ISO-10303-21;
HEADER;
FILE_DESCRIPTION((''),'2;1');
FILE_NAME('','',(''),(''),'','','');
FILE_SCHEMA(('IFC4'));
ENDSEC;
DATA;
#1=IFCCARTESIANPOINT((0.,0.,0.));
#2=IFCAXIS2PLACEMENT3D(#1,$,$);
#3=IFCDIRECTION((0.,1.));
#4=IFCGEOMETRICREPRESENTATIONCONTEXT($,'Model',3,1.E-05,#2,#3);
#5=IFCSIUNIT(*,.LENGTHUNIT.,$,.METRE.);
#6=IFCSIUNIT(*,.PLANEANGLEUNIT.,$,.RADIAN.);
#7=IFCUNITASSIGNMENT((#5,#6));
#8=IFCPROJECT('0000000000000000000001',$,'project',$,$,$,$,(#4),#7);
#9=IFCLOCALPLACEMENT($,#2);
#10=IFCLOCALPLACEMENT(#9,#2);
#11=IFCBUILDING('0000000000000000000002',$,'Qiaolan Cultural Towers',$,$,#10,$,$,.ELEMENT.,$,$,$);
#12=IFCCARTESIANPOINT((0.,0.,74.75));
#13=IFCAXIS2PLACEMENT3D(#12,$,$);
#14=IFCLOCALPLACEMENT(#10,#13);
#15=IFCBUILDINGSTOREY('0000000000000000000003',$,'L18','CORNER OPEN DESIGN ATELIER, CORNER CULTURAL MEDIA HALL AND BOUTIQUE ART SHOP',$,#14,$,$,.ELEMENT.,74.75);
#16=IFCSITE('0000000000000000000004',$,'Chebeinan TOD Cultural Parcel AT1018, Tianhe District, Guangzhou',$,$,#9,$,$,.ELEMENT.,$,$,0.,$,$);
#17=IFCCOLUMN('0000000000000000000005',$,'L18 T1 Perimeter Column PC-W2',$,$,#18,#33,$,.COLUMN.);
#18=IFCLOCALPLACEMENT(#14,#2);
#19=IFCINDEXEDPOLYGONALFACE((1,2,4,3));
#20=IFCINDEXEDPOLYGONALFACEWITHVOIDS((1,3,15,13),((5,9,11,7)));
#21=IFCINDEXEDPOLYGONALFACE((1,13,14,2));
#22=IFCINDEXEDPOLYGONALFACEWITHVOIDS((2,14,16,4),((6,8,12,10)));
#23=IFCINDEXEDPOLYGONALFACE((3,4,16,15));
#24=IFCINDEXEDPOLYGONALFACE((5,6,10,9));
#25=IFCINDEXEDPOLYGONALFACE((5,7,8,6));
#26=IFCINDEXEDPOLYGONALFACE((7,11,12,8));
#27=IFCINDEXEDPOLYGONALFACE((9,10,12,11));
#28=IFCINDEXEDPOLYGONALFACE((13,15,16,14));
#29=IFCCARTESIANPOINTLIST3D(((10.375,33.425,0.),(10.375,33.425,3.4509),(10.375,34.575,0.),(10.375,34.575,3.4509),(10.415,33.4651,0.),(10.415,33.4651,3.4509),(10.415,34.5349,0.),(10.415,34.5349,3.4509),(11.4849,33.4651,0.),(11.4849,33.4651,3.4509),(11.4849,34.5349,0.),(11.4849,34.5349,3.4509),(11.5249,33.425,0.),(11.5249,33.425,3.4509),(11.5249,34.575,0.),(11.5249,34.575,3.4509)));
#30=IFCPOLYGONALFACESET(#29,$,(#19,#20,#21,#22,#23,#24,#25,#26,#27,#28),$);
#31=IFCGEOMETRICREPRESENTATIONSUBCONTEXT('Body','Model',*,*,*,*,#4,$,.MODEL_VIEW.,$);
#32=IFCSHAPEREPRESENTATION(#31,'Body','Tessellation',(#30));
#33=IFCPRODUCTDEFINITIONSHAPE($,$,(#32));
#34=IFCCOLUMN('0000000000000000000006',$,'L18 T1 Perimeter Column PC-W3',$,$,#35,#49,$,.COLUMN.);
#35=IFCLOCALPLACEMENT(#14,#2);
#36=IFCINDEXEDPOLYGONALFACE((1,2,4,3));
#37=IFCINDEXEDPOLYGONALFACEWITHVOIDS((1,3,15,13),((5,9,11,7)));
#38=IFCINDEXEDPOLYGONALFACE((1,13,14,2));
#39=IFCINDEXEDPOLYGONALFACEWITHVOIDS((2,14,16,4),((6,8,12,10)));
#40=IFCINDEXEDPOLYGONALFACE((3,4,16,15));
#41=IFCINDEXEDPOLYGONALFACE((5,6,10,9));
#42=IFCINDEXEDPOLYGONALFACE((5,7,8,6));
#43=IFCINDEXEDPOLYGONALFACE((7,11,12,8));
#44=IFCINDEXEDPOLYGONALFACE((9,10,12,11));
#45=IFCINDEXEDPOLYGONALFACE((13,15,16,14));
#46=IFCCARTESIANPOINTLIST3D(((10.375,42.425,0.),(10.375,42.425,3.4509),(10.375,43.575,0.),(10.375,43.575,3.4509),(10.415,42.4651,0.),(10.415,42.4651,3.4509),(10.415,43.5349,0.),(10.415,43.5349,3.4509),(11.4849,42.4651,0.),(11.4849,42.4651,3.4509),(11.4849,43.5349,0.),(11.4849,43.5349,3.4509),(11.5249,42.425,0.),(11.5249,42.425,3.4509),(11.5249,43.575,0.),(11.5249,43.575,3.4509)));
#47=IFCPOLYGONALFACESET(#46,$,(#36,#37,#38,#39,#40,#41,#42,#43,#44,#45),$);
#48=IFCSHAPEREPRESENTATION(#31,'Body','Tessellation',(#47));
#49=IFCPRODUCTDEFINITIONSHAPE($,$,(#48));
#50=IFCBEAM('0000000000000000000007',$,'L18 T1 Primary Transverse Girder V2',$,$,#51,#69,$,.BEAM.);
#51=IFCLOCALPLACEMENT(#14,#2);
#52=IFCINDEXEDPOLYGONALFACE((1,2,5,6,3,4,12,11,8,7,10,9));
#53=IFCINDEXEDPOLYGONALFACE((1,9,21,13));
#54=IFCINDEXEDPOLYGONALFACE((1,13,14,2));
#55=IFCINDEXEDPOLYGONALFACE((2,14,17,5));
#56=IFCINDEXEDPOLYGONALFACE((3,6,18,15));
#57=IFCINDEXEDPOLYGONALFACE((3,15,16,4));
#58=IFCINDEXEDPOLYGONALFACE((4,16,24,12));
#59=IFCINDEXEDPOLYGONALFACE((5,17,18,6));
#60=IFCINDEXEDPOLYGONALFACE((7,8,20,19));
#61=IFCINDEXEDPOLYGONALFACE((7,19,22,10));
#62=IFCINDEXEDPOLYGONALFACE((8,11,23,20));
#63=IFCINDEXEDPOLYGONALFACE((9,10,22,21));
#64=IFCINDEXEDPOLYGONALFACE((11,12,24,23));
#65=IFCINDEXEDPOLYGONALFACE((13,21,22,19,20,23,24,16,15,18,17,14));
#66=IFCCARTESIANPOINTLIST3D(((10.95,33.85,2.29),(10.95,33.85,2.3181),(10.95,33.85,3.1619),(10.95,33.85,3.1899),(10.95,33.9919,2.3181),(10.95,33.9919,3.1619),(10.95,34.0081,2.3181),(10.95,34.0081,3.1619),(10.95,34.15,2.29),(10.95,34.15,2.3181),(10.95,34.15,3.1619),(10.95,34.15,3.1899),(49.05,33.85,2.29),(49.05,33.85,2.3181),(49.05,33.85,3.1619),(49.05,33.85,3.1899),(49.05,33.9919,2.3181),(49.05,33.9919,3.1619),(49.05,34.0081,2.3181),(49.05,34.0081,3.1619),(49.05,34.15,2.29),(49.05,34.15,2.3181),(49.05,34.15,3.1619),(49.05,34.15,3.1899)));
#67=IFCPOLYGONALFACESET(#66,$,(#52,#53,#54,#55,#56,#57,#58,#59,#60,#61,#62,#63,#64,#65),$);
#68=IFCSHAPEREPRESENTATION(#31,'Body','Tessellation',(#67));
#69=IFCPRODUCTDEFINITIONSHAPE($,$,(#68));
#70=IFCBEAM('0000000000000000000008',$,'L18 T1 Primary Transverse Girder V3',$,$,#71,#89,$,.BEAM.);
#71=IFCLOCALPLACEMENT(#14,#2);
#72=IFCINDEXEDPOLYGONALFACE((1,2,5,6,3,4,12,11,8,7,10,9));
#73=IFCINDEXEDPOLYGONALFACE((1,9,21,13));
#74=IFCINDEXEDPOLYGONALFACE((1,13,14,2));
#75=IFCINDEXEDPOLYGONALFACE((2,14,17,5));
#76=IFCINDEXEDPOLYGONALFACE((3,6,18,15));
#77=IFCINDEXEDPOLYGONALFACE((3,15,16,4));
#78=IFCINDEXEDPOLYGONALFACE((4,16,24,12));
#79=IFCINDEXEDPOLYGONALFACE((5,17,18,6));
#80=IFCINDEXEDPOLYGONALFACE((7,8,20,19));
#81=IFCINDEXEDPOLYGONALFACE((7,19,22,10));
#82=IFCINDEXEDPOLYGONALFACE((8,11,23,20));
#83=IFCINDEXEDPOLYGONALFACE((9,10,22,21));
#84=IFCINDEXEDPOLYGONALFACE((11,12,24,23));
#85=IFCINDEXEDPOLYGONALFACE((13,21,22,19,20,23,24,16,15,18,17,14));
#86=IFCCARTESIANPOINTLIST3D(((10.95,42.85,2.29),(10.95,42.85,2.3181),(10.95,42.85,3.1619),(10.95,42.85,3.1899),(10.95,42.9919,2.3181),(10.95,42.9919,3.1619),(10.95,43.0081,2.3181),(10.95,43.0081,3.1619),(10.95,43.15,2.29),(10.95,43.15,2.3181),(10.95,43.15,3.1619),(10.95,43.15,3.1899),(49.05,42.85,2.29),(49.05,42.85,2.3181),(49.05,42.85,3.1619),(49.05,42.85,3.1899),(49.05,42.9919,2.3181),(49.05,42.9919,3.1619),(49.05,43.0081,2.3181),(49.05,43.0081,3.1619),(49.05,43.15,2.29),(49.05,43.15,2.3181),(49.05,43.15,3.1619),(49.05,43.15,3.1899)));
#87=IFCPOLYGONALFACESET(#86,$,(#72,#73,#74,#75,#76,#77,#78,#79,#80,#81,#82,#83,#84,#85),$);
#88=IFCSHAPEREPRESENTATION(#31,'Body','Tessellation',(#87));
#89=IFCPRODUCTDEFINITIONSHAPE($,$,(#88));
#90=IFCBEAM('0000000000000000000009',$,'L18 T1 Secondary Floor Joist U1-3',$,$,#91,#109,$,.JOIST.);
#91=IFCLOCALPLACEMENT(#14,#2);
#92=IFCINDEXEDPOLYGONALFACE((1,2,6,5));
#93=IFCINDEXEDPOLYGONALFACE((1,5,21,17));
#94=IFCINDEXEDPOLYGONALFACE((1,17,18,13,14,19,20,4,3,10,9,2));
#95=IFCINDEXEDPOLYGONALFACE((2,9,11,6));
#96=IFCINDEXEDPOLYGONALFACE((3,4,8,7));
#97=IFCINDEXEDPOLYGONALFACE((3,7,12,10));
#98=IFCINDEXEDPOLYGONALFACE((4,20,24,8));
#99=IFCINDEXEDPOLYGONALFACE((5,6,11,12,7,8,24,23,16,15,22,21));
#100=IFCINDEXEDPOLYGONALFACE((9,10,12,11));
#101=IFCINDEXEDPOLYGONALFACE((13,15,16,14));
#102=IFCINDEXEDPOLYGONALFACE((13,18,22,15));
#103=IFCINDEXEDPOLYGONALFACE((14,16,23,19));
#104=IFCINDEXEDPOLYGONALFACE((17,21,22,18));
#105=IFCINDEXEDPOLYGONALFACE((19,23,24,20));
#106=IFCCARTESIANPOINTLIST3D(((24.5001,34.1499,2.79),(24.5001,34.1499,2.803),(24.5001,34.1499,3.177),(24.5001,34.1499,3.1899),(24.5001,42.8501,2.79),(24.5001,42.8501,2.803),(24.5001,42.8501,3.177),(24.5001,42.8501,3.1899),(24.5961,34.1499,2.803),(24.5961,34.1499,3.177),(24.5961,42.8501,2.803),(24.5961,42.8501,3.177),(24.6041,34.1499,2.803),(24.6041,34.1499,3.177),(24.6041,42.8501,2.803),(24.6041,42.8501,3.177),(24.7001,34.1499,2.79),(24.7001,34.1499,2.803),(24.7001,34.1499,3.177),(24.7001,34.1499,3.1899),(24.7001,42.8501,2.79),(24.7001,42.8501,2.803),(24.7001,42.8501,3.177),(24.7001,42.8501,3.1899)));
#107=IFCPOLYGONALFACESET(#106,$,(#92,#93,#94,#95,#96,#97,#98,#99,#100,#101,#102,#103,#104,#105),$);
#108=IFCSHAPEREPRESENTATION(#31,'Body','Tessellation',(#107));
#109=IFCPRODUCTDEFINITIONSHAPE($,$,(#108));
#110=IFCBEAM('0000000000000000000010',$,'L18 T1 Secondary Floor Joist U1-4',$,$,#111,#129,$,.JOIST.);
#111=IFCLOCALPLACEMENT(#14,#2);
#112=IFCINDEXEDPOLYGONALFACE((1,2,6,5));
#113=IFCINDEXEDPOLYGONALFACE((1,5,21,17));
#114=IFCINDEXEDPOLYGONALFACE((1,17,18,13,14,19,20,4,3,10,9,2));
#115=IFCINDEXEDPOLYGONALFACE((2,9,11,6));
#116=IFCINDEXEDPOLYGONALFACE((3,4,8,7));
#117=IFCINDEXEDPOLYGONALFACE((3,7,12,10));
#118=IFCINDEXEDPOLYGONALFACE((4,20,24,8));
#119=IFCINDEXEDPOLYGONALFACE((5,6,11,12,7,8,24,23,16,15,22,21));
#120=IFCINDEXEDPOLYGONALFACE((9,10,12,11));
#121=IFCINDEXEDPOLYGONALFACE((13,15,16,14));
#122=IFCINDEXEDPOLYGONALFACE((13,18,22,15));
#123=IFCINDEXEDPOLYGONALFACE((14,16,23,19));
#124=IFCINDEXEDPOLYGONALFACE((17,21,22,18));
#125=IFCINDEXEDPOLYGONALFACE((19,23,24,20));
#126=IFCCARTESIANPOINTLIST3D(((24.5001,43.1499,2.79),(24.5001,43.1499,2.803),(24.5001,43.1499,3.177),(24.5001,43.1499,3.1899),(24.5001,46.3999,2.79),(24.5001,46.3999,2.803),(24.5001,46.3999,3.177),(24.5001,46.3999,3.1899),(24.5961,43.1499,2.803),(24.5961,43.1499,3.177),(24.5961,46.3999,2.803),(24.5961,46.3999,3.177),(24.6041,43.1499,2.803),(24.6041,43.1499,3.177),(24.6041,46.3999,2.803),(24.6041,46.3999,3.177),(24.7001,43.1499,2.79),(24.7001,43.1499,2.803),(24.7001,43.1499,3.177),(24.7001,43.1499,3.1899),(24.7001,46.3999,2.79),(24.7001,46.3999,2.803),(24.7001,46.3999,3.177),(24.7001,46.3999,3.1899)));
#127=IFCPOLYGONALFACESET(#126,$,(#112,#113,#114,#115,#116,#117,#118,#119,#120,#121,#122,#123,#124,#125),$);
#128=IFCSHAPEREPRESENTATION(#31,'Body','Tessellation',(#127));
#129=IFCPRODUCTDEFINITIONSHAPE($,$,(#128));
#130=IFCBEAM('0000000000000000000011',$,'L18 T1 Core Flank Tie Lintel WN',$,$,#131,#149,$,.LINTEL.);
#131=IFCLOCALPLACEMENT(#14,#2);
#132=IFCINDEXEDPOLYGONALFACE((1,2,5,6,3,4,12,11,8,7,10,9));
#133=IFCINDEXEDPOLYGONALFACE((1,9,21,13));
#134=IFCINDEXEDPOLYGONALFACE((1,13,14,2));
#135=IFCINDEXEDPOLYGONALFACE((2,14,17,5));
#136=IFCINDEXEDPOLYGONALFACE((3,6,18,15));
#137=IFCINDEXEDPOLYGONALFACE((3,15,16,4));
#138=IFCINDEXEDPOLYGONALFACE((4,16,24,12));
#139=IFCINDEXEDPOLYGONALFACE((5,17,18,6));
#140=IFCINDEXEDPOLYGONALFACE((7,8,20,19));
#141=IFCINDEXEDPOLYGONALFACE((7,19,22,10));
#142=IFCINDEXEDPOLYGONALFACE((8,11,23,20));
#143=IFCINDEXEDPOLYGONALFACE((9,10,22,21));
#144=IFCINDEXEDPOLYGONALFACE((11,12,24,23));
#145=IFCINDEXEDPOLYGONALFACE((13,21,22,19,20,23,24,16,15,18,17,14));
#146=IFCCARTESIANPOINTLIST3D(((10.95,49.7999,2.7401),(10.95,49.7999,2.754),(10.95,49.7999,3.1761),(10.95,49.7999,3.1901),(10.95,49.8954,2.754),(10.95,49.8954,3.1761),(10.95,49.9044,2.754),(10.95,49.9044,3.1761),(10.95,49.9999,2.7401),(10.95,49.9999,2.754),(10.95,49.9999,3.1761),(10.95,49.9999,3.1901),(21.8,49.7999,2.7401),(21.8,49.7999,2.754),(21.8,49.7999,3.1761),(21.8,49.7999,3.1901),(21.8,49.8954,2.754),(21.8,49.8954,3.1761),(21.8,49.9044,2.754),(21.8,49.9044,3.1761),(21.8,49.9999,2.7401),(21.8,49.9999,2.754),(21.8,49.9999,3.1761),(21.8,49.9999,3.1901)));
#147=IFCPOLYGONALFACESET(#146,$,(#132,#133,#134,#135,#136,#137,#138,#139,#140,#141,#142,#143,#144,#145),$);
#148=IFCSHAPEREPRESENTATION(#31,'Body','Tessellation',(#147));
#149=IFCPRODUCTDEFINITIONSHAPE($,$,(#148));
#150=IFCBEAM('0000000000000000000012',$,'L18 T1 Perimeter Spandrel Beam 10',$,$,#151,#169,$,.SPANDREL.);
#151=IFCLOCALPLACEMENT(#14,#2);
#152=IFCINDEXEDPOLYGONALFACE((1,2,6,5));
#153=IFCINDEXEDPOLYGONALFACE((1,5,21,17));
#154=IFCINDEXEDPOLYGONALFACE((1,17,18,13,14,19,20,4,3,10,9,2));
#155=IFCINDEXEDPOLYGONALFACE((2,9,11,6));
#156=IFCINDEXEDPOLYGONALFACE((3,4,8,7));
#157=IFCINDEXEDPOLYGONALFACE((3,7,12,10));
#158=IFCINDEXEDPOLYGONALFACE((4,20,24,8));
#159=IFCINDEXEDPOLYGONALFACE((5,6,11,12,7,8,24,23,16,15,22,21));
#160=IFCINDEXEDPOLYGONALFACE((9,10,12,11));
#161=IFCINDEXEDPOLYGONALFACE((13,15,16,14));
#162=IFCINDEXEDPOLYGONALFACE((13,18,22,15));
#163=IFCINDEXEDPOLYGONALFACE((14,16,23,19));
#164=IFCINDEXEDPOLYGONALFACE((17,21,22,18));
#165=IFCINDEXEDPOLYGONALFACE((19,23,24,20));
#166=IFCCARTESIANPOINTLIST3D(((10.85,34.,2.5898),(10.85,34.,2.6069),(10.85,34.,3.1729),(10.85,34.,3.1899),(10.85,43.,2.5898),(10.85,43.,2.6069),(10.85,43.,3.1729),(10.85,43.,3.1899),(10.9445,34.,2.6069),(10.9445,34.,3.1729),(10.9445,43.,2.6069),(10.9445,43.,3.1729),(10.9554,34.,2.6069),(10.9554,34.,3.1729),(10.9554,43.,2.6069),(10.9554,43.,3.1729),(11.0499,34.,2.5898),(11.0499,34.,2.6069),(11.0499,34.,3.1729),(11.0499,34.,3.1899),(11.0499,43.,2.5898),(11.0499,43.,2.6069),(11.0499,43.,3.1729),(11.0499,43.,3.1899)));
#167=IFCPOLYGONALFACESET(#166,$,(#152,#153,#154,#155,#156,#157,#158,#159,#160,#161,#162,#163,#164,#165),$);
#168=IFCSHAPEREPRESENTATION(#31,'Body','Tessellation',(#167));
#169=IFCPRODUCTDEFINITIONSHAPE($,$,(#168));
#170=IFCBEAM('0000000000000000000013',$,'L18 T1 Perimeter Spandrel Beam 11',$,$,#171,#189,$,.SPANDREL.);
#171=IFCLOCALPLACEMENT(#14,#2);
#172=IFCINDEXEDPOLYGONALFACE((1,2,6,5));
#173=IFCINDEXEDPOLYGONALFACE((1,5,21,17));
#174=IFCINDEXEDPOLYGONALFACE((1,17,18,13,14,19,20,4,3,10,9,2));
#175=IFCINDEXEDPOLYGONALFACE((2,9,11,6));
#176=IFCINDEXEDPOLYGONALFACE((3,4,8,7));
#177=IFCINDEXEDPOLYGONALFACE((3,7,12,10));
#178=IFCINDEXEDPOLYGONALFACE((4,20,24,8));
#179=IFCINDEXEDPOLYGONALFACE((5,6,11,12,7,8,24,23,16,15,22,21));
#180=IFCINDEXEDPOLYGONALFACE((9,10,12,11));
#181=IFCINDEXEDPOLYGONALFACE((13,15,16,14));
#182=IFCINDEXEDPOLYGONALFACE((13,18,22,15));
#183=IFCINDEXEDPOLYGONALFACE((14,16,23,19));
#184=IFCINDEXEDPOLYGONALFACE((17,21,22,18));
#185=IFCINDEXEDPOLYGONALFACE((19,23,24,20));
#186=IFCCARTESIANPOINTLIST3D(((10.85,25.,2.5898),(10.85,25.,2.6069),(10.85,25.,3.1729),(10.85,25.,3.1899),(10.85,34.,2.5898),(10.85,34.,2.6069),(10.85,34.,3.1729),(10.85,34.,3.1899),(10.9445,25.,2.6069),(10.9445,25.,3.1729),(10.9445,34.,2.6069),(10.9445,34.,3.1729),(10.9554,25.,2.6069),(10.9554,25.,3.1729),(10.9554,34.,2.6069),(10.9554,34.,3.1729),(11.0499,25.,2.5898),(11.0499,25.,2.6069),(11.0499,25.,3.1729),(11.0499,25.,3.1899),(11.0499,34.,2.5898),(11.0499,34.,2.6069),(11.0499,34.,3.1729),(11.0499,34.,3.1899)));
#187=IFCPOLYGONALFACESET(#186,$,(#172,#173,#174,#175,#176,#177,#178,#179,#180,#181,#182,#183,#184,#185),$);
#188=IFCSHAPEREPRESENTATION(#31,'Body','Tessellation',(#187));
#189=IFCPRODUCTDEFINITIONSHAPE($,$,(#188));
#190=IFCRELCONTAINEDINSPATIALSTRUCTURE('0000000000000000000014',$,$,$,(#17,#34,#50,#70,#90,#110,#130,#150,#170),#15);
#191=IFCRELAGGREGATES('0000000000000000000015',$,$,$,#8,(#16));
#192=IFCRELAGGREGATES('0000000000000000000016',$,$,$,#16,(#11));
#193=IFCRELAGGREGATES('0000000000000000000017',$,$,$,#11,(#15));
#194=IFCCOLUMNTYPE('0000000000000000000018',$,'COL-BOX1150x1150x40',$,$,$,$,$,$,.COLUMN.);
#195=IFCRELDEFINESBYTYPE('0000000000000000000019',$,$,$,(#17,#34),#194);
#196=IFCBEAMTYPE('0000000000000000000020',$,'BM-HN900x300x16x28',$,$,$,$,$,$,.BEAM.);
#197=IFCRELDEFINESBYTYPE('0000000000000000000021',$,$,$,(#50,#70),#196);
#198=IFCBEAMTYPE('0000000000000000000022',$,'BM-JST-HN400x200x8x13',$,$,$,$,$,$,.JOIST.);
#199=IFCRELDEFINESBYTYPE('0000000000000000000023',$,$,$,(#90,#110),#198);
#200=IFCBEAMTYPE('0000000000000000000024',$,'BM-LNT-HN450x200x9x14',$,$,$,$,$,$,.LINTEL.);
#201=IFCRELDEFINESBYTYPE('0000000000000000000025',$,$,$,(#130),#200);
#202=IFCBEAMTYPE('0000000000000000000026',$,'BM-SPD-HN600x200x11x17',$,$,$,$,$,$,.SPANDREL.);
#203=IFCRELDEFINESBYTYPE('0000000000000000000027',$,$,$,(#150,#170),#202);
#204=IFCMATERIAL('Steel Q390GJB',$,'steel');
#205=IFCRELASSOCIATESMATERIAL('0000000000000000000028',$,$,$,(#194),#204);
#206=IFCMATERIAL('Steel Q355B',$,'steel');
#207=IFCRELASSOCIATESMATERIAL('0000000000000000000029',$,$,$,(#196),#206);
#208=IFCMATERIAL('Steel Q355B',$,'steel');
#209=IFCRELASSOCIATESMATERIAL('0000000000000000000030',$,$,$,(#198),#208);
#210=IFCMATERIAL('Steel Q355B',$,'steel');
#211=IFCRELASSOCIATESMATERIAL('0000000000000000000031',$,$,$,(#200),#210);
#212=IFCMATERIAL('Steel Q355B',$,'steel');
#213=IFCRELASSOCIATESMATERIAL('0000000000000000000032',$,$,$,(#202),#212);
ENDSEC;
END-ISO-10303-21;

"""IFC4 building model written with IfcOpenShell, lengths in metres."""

from ifc_helpers import new_model, si_unit, direction, frame, origin, origin_2d, place, context, subcontext, project, spatial, hollow_rectangle, i_section, extrude, material, material_profile, profile_set, type_object, element, save


model = new_model("IFC4")

# Units and contexts
model_context = context("Model", 3, precision=1e-05, world=origin(), true_north=direction((0.0, 1.0)))
body_context = subcontext(model_context, "Body", "Model", "MODEL_VIEW")
ifc_project = project(units=[si_unit("LENGTHUNIT", "METRE"), si_unit("PLANEANGLEUNIT", "RADIAN")], contexts=[model_context])

# Site, building, storey
site_placement = place(None, origin())
site = spatial("IfcSite", under=ifc_project, at=site_placement, Name="Chebeinan TOD Cultural Parcel AT1018, Tianhe District, Guangzhou", CompositionType="ELEMENT", RefElevation=0.0)
building_placement = place(site_placement, origin())
building = spatial("IfcBuilding", under=site, at=building_placement, Name="Qiaolan Cultural Towers", CompositionType="ELEMENT")
storey_placement = place(building_placement, frame((0.0, 0.0, 74.75)))
storey = spatial("IfcBuildingStorey", under=building, at=storey_placement, Name="L18", Description="CORNER OPEN DESIGN ATELIER, CORNER CULTURAL MEDIA HALL AND BOUTIQUE ART SHOP", CompositionType="ELEMENT", Elevation=74.75)

# Columns
ifc_material_1 = material(Name="Steel Q390GJB", Category="steel")
ifc_material_profile_1 = material_profile(ifc_material_1, hollow_rectangle(XDim=1.1499, YDim=1.1499, WallThickness=0.04, at=origin_2d()), Name="BOX1150x1150x40")
ifc_profile_set_1 = profile_set([ifc_material_profile_1], Name="Steel Q390GJB")
column_type = type_object("IfcColumnType", Name="COL-BOX1150x1150x40", PredefinedType="COLUMN", material=ifc_profile_set_1)
for number, where, z_axis, x_axis, name in (
    (1, (10.95, 34.0, 0.0), (0.0, 0.0, 1.0), (1.0, 0.0, 0.0), "L18 T1 Perimeter Column PC-W2"),
    (2, (10.95, 43.0, 0.0), (0.0, 0.0, 1.0), (1.0, 0.0, 0.0), "L18 T1 Perimeter Column PC-W3"),
):
    element("IfcColumn", number, at=place(storey_placement, frame(where, z_axis=z_axis, x_axis=x_axis)), inside=storey, type_object=column_type, Name=name, PredefinedType="COLUMN", context=body_context, shape_type="SweptSolid", body=[
        extrude(hollow_rectangle(XDim=1.1499, YDim=1.1499, WallThickness=0.04, at=origin_2d()), origin(), (0.0, 0.0, 1.0), 3.4509),
    ])

# Beams
ifc_material_2 = material(Name="Steel Q355B", Category="steel")
ifc_material_profile_2 = material_profile(ifc_material_2, i_section(OverallWidth=0.3, OverallDepth=0.8999, WebThickness=0.0161, FlangeThickness=0.0281, at=origin_2d()), Name="HN900x300x16x28")
ifc_profile_set_2 = profile_set([ifc_material_profile_2], Name="Steel Q355B")
beam_type_1 = type_object("IfcBeamType", Name="BM-HN900x300x16x28", PredefinedType="BEAM", material=ifc_profile_set_2)
for number, where, z_axis, x_axis, name in (
    (3, (10.95, 34.0, 2.74), (1.0, 0.0, 0.0), (0.0, 1.0, 0.0), "L18 T1 Primary Transverse Girder V2"),
    (4, (10.95, 43.0, 2.74), (1.0, 0.0, 0.0), (0.0, 1.0, 0.0), "L18 T1 Primary Transverse Girder V3"),
):
    element("IfcBeam", number, at=place(storey_placement, frame(where, z_axis=z_axis, x_axis=x_axis)), inside=storey, type_object=beam_type_1, Name=name, PredefinedType="BEAM", context=body_context, shape_type="SweptSolid", body=[
        extrude(i_section(OverallWidth=0.3, OverallDepth=0.8999, WebThickness=0.0161, FlangeThickness=0.0281, at=origin_2d()), origin(), (0.0, 0.0, 1.0), 38.1001),
    ])
ifc_material_3 = material(Name="Steel Q355B", Category="steel")
ifc_material_profile_3 = material_profile(ifc_material_3, i_section(OverallWidth=0.2, OverallDepth=0.3999, WebThickness=0.0081, FlangeThickness=0.0129, at=origin_2d()), Name="HN400x200x8x13")
ifc_profile_set_3 = profile_set([ifc_material_profile_3], Name="Steel Q355B")
beam_type_2 = type_object("IfcBeamType", Name="BM-JST-HN400x200x8x13", PredefinedType="JOIST", material=ifc_profile_set_3)
beam_1_placement = place(storey_placement, frame((24.6001, 34.1499, 2.99), z_axis=(0.0, 1.0, 0.0), x_axis=(-1.0, 0.0, 0.0)))
element("IfcBeam", 5, at=beam_1_placement, inside=storey, type_object=beam_type_2, Name="L18 T1 Secondary Floor Joist U1-3", PredefinedType="JOIST", context=body_context, shape_type="SweptSolid", body=[
    extrude(i_section(OverallWidth=0.2, OverallDepth=0.3999, WebThickness=0.0081, FlangeThickness=0.0129, at=origin_2d()), origin(), (0.0, 0.0, 1.0), 8.7002),
])
beam_2_placement = place(storey_placement, frame((24.6001, 43.1499, 2.99), z_axis=(0.0, 1.0, 0.0), x_axis=(-1.0, 0.0, 0.0)))
element("IfcBeam", 6, at=beam_2_placement, inside=storey, type_object=beam_type_2, Name="L18 T1 Secondary Floor Joist U1-4", PredefinedType="JOIST", context=body_context, shape_type="SweptSolid", body=[
    extrude(i_section(OverallWidth=0.2, OverallDepth=0.3999, WebThickness=0.0081, FlangeThickness=0.0129, at=origin_2d()), origin(), (0.0, 0.0, 1.0), 3.25),
])
ifc_material_4 = material(Name="Steel Q355B", Category="steel")
ifc_material_profile_4 = material_profile(ifc_material_4, i_section(OverallWidth=0.2, OverallDepth=0.45, WebThickness=0.009, FlangeThickness=0.0139, at=origin_2d()), Name="HN450x200x9x14")
ifc_profile_set_4 = profile_set([ifc_material_profile_4], Name="Steel Q355B")
beam_type_3 = type_object("IfcBeamType", Name="BM-LNT-HN450x200x9x14", PredefinedType="LINTEL", material=ifc_profile_set_4)
beam_3_placement = place(storey_placement, frame((21.8, 49.8999, 2.9651), z_axis=(-1.0, 0.0, 0.0), x_axis=(0.0, -1.0, 0.0)))
element("IfcBeam", 7, at=beam_3_placement, inside=storey, type_object=beam_type_3, Name="L18 T1 Core Flank Tie Lintel WN", PredefinedType="LINTEL", context=body_context, shape_type="SweptSolid", body=[
    extrude(i_section(OverallWidth=0.2, OverallDepth=0.45, WebThickness=0.009, FlangeThickness=0.0139, at=origin_2d()), origin(), (0.0, 0.0, 1.0), 10.8501),
])
ifc_material_5 = material(Name="Steel Q355B", Category="steel")
ifc_material_profile_5 = material_profile(ifc_material_5, i_section(OverallWidth=0.2, OverallDepth=0.6001, WebThickness=0.011, FlangeThickness=0.0171, at=origin_2d()), Name="HN600x200x11x17")
ifc_profile_set_5 = profile_set([ifc_material_profile_5], Name="Steel Q355B")
beam_type_4 = type_object("IfcBeamType", Name="BM-SPD-HN600x200x11x17", PredefinedType="SPANDREL", material=ifc_profile_set_5)
for number, where, z_axis, x_axis, name in (
    (8, (10.95, 43.0, 2.8899), (0.0, -1.0, 0.0), (1.0, 0.0, 0.0), "L18 T1 Perimeter Spandrel Beam 10"),
    (9, (10.95, 34.0, 2.8899), (0.0, -1.0, 0.0), (1.0, 0.0, 0.0), "L18 T1 Perimeter Spandrel Beam 11"),
):
    element("IfcBeam", number, at=place(storey_placement, frame(where, z_axis=z_axis, x_axis=x_axis)), inside=storey, type_object=beam_type_4, Name=name, PredefinedType="SPANDREL", context=body_context, shape_type="SweptSolid", body=[
        extrude(i_section(OverallWidth=0.2, OverallDepth=0.6001, WebThickness=0.011, FlangeThickness=0.0171, at=origin_2d()), origin(), (0.0, 0.0, 1.0), 9.0),
    ])

save(model, "model.ifc")
